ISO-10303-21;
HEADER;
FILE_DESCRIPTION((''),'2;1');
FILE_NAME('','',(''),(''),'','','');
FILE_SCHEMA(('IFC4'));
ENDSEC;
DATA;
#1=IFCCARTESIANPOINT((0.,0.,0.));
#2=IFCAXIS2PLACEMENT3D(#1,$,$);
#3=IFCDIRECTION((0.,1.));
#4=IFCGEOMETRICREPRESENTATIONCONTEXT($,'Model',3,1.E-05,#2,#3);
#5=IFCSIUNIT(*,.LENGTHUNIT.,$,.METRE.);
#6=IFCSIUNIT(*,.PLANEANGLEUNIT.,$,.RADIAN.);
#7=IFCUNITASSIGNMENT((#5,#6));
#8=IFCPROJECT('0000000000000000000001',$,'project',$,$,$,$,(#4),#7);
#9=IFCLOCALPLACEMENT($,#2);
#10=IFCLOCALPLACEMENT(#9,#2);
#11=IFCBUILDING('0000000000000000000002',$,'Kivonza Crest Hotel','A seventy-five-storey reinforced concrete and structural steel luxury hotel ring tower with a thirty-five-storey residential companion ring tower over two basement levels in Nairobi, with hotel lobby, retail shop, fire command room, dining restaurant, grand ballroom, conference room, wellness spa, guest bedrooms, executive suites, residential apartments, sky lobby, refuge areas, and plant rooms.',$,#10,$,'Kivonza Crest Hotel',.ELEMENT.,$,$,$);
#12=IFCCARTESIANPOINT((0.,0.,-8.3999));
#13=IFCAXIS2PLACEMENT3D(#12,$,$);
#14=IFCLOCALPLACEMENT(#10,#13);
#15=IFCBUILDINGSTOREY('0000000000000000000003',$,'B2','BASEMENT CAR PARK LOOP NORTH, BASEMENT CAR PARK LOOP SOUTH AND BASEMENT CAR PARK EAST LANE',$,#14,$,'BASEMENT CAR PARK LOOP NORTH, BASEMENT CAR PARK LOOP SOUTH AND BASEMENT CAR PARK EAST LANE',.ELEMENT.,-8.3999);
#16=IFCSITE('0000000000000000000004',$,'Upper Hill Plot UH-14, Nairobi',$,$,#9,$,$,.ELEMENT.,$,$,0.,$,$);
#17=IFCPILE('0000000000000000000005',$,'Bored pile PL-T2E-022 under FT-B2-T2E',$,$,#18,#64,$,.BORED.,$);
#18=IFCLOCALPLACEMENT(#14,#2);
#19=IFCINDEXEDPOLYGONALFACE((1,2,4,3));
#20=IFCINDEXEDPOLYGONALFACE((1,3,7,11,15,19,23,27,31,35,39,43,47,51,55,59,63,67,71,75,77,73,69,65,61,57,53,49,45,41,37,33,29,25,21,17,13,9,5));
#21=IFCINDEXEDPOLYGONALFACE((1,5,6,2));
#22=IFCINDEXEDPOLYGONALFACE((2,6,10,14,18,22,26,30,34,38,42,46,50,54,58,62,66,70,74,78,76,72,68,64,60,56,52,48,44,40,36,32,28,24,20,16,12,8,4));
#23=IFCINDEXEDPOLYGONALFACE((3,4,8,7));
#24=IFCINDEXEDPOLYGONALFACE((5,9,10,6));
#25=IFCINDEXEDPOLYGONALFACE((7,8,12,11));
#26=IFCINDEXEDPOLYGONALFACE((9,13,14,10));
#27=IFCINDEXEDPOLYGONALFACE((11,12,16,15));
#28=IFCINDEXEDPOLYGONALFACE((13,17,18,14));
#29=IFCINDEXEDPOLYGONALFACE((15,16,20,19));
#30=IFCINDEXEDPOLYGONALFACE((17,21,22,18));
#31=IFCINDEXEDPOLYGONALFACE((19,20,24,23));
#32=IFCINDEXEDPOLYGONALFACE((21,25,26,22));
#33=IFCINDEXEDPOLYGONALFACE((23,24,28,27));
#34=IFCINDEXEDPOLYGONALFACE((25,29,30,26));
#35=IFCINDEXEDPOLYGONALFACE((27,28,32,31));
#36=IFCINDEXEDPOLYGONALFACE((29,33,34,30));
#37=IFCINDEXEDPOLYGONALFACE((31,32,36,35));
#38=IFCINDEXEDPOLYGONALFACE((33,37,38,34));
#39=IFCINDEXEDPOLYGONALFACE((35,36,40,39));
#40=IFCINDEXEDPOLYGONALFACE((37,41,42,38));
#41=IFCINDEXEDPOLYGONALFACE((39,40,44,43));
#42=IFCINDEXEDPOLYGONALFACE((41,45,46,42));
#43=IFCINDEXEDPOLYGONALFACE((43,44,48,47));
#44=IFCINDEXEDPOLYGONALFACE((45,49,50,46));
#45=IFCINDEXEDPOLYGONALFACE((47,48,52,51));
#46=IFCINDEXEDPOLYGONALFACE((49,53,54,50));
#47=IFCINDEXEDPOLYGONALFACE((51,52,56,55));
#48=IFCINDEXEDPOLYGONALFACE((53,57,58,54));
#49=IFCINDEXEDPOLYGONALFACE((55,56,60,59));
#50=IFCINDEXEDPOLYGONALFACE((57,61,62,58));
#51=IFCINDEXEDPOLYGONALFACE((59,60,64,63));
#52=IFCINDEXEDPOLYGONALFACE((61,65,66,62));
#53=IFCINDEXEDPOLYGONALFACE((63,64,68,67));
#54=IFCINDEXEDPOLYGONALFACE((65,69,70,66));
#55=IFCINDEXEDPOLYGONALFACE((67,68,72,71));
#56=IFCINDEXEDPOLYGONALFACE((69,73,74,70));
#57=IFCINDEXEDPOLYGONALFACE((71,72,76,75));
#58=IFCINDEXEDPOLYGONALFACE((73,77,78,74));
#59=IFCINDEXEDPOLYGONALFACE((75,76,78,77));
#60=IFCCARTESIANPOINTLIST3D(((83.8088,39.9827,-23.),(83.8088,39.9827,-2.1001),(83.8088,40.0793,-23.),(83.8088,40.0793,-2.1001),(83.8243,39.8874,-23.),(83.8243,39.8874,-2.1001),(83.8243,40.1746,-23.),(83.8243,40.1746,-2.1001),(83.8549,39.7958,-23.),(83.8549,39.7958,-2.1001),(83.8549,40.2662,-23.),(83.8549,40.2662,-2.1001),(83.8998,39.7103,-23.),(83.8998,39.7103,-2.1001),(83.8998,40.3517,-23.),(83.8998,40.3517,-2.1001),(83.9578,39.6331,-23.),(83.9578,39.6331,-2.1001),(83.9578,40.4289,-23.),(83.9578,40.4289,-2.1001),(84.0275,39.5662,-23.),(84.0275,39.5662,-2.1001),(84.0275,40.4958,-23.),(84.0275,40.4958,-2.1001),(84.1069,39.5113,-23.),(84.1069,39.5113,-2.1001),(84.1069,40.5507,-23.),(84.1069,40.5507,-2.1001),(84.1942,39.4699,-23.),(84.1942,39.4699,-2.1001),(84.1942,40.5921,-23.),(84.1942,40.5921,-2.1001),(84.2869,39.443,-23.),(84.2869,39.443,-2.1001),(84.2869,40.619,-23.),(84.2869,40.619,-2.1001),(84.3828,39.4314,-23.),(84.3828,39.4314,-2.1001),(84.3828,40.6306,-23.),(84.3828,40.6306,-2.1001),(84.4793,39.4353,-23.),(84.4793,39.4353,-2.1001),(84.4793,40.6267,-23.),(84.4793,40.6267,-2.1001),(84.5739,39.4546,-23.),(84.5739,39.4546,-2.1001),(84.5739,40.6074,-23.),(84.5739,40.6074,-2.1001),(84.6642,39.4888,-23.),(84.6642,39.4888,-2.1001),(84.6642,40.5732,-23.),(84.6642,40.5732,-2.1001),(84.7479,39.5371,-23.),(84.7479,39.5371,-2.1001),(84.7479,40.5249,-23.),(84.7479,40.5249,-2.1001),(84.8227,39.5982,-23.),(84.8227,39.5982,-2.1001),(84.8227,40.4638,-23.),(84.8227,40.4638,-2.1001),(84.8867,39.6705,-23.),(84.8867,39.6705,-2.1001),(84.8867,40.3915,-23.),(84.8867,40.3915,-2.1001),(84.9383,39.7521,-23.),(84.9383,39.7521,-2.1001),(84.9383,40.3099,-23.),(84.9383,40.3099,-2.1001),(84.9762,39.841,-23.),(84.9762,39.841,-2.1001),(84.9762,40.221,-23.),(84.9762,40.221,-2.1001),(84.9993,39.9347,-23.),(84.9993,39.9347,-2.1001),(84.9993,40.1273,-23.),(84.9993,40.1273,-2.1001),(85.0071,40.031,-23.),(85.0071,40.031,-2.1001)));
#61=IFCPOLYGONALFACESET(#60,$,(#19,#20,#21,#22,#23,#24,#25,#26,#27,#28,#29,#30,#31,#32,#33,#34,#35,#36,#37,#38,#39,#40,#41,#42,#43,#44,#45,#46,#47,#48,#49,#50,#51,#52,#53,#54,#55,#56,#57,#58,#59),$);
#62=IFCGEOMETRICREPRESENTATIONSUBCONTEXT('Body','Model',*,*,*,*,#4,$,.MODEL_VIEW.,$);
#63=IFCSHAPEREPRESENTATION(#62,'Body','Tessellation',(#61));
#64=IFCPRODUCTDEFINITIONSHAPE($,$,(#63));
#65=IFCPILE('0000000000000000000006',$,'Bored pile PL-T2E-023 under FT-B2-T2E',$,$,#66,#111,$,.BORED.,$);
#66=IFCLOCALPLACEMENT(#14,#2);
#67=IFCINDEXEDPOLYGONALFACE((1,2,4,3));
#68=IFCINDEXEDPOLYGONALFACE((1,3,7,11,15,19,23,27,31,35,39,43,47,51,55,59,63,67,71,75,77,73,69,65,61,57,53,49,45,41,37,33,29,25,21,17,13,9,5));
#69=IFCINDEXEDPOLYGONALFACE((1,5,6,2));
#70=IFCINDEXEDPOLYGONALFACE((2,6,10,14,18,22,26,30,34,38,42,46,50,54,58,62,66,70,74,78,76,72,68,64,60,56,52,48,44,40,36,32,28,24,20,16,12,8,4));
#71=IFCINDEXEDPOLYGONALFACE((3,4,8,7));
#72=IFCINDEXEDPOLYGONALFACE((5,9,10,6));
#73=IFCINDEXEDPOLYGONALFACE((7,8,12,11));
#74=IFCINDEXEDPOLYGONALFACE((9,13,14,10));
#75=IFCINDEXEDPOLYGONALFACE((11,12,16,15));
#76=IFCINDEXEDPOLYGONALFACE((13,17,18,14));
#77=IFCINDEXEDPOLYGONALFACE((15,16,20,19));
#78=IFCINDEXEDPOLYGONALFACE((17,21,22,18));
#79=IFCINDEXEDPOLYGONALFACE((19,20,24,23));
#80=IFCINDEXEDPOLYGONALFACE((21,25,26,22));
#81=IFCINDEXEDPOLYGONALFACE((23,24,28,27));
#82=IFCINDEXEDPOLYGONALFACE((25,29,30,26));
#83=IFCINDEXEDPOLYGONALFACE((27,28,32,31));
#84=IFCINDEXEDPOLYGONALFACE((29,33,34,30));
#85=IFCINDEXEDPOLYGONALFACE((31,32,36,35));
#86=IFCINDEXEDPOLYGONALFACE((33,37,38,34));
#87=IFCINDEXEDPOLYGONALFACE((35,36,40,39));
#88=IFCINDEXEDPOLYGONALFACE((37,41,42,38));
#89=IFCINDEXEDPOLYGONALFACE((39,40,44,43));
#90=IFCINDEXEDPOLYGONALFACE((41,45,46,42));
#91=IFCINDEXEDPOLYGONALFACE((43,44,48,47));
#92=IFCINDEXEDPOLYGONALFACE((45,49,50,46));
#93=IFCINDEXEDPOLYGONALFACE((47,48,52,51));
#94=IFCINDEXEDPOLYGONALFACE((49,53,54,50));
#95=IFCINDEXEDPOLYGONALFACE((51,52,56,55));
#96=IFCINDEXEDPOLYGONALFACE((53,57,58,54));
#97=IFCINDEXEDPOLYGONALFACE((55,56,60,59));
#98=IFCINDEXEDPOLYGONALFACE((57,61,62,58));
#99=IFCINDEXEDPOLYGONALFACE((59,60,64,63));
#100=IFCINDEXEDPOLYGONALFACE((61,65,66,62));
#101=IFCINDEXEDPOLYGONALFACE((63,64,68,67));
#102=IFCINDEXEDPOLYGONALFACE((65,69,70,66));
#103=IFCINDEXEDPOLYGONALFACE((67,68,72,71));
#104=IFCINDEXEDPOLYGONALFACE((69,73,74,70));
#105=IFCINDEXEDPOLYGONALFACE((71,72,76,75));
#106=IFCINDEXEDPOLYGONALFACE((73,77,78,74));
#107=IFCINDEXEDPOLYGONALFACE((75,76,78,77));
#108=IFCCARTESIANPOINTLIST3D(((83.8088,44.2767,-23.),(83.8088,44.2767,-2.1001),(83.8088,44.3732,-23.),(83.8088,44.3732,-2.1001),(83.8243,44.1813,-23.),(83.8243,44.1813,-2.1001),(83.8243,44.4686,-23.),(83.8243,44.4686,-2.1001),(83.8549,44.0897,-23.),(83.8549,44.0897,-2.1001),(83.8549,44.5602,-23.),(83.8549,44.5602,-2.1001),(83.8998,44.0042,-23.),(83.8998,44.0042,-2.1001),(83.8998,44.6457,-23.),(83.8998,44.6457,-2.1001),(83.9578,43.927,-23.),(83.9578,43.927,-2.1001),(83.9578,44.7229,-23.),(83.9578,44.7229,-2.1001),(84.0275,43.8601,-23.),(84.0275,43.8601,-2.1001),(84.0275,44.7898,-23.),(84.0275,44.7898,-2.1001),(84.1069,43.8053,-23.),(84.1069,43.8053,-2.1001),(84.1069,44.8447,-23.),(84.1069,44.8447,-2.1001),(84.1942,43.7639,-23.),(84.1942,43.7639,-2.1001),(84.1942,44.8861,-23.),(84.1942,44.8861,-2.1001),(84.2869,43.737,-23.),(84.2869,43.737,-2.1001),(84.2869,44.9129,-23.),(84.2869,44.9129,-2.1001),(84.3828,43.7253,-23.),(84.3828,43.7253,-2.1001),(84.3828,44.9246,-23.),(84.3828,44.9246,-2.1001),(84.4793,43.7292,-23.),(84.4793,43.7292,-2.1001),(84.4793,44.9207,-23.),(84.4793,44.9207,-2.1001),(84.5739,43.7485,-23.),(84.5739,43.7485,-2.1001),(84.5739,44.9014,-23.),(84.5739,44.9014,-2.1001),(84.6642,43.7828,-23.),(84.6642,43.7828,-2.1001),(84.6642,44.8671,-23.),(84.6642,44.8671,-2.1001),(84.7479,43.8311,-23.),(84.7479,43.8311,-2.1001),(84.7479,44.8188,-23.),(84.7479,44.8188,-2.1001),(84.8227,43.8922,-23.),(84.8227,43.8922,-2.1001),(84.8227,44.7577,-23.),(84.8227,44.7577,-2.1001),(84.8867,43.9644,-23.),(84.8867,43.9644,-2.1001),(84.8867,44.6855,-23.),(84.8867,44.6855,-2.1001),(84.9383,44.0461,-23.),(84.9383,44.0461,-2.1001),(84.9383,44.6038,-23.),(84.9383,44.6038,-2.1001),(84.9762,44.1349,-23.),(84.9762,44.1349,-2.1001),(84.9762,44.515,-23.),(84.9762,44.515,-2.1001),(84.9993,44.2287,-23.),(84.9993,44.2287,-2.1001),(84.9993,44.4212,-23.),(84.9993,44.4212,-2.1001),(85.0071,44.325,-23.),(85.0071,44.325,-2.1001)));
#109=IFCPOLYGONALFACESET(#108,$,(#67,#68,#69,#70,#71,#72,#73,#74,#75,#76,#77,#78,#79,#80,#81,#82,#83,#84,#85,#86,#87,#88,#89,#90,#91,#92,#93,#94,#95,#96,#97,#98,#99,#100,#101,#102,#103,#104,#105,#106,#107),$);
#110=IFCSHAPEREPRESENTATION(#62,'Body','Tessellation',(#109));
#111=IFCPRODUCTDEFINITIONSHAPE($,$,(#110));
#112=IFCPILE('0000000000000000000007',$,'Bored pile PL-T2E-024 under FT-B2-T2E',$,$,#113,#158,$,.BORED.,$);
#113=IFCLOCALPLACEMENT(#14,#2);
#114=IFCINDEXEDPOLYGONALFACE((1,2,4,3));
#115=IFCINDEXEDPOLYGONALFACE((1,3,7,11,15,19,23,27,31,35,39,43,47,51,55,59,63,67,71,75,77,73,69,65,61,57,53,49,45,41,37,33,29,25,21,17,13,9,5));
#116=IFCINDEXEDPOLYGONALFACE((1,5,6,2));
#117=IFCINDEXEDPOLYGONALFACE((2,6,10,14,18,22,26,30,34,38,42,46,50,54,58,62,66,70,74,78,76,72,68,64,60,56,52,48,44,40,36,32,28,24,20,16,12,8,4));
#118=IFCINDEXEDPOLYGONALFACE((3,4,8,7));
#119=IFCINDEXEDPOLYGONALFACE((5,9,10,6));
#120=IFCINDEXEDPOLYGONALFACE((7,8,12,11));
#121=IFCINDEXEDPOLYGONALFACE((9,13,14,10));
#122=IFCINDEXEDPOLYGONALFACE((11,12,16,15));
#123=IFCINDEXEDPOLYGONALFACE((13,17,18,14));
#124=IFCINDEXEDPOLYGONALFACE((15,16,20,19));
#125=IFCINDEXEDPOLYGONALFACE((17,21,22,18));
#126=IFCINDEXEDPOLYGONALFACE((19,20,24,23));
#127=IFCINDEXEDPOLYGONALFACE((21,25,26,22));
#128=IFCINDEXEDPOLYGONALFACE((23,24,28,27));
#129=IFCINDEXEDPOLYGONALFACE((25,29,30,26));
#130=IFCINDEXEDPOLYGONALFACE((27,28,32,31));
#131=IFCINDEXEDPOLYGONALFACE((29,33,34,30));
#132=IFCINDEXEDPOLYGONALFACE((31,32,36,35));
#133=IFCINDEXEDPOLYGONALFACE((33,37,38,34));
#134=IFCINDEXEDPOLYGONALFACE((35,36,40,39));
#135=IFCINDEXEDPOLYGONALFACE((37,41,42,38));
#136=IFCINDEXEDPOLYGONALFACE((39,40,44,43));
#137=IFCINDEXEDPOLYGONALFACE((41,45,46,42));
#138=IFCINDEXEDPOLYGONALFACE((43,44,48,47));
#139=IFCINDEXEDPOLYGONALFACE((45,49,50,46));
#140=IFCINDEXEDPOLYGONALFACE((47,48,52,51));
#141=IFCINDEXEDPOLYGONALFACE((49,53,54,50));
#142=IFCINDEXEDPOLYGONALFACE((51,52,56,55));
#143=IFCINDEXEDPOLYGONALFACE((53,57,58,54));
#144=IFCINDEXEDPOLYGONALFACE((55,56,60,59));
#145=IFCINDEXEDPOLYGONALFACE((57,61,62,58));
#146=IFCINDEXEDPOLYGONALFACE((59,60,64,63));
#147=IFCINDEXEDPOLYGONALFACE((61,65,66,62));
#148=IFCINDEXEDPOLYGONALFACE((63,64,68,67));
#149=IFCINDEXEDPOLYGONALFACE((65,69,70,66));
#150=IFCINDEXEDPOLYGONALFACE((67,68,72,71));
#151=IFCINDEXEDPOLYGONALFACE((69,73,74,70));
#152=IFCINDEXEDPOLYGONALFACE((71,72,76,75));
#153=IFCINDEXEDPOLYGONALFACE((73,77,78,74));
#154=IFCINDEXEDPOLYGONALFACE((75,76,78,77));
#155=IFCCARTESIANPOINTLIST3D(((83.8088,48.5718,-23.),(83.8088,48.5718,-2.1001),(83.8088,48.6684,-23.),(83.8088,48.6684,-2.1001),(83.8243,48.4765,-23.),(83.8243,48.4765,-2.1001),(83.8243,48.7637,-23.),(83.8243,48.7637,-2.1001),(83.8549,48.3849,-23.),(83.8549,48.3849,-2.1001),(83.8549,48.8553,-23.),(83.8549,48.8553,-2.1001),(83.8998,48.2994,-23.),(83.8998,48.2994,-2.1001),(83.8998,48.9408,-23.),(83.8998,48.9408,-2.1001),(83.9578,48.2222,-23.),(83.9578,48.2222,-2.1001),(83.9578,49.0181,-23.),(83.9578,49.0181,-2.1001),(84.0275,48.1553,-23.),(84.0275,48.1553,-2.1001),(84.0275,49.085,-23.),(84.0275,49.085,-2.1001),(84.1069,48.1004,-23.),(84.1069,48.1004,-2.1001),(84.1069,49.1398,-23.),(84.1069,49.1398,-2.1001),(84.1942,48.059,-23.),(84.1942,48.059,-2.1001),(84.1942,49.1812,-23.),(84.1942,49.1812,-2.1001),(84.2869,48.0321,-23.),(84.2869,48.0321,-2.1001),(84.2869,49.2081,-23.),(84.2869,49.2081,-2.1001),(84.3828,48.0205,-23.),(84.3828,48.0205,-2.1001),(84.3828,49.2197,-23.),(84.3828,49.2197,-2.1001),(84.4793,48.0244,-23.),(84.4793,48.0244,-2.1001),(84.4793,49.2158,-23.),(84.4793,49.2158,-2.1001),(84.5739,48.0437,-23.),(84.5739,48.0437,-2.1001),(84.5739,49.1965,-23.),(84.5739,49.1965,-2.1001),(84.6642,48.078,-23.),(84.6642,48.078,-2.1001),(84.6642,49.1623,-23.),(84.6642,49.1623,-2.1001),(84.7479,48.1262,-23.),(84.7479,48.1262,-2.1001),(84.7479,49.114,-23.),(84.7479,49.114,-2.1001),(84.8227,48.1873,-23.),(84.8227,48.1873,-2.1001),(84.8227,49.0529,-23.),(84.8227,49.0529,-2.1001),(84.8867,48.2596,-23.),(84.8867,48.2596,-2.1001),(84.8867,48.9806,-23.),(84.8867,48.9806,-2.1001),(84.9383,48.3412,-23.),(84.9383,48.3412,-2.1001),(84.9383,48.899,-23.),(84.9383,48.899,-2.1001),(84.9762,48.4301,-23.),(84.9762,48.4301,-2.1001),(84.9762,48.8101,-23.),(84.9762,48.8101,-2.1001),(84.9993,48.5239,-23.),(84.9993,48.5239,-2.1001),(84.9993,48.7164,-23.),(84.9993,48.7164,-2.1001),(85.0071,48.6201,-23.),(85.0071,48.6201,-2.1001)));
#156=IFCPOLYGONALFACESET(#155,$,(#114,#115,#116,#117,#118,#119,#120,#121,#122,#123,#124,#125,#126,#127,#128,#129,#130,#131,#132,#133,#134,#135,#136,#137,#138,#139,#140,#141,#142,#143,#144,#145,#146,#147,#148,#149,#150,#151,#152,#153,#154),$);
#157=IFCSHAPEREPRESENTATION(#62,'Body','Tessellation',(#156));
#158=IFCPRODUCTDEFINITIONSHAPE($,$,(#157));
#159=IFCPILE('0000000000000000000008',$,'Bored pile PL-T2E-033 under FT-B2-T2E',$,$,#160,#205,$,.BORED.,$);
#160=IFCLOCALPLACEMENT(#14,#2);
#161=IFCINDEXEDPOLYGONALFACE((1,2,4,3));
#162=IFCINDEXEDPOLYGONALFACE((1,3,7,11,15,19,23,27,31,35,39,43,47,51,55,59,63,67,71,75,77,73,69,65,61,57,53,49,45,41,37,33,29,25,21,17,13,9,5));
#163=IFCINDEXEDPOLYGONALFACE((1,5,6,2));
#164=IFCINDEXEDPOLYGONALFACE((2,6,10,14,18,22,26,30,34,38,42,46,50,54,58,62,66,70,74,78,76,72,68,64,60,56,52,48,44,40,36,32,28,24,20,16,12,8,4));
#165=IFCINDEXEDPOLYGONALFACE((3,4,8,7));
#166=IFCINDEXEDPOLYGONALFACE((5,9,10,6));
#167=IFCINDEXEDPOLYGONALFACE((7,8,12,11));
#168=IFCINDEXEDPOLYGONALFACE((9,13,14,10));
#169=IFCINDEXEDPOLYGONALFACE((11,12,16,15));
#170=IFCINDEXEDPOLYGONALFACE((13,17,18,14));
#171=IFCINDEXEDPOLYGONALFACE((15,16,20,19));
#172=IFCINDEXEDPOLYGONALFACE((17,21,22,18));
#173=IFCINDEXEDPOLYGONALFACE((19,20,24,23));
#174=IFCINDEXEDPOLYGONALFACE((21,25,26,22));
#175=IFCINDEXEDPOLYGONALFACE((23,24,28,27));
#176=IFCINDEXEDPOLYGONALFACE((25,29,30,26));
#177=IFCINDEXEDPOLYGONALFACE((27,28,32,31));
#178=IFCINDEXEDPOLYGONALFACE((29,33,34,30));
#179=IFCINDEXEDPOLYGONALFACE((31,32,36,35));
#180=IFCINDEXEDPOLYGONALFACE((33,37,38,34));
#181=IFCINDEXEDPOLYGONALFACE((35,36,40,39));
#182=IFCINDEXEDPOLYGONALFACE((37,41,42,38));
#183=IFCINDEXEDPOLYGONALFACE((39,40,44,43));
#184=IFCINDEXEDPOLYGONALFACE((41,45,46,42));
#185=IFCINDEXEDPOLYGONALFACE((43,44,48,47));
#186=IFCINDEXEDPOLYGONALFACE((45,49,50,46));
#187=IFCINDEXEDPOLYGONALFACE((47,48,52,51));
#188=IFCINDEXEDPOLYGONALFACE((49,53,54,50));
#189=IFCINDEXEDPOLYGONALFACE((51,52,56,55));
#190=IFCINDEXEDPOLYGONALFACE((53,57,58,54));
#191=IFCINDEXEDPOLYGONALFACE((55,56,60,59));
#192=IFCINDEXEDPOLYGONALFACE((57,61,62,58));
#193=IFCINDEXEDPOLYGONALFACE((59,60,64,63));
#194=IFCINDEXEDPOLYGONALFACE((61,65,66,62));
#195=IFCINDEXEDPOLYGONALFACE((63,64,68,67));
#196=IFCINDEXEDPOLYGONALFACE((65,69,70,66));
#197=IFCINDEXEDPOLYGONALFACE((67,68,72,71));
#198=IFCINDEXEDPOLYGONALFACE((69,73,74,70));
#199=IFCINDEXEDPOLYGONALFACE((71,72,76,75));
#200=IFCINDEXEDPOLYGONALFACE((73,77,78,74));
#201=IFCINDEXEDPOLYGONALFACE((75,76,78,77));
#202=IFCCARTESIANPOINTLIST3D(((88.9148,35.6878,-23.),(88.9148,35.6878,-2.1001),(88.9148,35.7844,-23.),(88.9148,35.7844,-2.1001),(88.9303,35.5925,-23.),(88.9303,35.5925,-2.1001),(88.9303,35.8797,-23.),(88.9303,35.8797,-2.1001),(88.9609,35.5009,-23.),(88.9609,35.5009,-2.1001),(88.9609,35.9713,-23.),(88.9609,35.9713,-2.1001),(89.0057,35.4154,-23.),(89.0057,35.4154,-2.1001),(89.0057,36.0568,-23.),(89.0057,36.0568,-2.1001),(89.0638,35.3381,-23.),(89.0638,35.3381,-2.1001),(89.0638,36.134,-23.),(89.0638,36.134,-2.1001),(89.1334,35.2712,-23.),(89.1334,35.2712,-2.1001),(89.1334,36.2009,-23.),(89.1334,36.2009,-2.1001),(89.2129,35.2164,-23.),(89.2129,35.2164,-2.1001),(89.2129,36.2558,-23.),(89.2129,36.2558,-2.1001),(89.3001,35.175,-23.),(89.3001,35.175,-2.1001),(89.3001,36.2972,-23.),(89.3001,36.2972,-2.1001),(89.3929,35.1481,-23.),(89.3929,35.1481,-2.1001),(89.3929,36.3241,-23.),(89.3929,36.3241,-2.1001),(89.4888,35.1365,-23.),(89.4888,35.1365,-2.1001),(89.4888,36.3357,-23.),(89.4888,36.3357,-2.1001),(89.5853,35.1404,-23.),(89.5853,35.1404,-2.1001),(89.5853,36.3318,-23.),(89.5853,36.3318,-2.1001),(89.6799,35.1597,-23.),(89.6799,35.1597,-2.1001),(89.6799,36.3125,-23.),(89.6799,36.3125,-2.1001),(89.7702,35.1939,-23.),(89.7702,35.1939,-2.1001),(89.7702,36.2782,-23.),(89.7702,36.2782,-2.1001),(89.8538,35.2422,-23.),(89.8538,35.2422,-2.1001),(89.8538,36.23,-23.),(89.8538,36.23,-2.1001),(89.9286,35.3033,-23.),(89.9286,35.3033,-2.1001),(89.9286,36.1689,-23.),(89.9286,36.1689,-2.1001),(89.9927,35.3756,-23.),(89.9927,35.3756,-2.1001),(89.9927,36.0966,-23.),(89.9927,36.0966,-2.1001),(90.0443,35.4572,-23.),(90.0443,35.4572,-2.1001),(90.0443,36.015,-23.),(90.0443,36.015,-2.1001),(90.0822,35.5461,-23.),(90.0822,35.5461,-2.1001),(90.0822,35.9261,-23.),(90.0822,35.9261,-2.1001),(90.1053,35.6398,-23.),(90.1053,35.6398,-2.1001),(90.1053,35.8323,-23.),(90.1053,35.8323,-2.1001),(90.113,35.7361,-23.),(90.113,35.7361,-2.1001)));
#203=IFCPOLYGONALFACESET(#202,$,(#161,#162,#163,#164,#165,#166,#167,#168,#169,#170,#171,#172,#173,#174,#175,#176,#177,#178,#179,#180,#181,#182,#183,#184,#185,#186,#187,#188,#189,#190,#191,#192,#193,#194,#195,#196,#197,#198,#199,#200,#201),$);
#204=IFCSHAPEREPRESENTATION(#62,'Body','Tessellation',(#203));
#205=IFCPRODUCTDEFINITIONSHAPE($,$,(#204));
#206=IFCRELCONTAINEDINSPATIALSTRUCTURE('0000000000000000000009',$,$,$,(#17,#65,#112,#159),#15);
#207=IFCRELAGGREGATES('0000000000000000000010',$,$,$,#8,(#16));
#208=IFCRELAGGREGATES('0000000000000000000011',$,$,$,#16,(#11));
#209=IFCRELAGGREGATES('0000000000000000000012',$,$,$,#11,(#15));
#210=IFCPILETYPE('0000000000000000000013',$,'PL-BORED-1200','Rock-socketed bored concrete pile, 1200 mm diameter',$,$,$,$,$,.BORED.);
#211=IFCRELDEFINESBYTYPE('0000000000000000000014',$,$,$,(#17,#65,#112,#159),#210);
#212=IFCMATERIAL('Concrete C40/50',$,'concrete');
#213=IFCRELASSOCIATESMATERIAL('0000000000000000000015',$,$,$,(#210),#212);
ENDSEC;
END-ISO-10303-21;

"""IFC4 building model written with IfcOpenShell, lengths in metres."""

from ifc_helpers import new_model, si_unit, direction, frame, origin, origin_2d, place, context, subcontext, project, spatial, circle, extrude, material, material_profile, profile_set, type_object, element, save


model = new_model("IFC4")

# Units and contexts
model_context = context("Model", 3, precision=1e-05, world=origin(), true_north=direction((0.0, 1.0)))
body_context = subcontext(model_context, "Body", "Model", "MODEL_VIEW")
ifc_project = project(units=[si_unit("LENGTHUNIT", "METRE"), si_unit("PLANEANGLEUNIT", "RADIAN")], contexts=[model_context])

# Site, building, storey
site_placement = place(None, origin())
site = spatial("IfcSite", under=ifc_project, at=site_placement, Name="Upper Hill Plot UH-14, Nairobi", CompositionType="ELEMENT", RefElevation=0.0)
building_placement = place(site_placement, origin())
building = spatial("IfcBuilding", under=site, at=building_placement, Name="Kivonza Crest Hotel", Description="A seventy-five-storey reinforced concrete and structural steel luxury hotel ring tower with a thirty-five-storey residential companion ring tower over two basement levels in Nairobi, with hotel lobby, retail shop, fire command room, dining restaurant, grand ballroom, conference room, wellness spa, guest bedrooms, executive suites, residential apartments, sky lobby, refuge areas, and plant rooms.", LongName="Kivonza Crest Hotel", CompositionType="ELEMENT")
storey_placement = place(building_placement, frame((0.0, 0.0, -8.3999)))
storey = spatial("IfcBuildingStorey", under=building, at=storey_placement, Name="B2", Description="BASEMENT CAR PARK LOOP NORTH, BASEMENT CAR PARK LOOP SOUTH AND BASEMENT CAR PARK EAST LANE", LongName="BASEMENT CAR PARK LOOP NORTH, BASEMENT CAR PARK LOOP SOUTH AND BASEMENT CAR PARK EAST LANE", CompositionType="ELEMENT", Elevation=-8.3999)

# Piles
ifc_material_1 = material(Name="Concrete C40/50", Category="concrete")
ifc_material_profile_1 = material_profile(ifc_material_1, circle(Radius=0.6001, at=origin_2d()), Name="PILE D1200")
ifc_profile_set_1 = profile_set([ifc_material_profile_1], Name="Concrete C40/50")
pile_type = type_object("IfcPileType", Name="PL-BORED-1200", Description="Rock-socketed bored concrete pile, 1200 mm diameter", PredefinedType="BORED", material=ifc_profile_set_1)
for number, where, z_axis, x_axis, name in (
    (1, (84.407, 40.031, -2.1001), (0.0, 0.0, -1.0), (1.0, 0.0, 0.0), "Bored pile PL-T2E-022 under FT-B2-T2E"),
    (2, (84.407, 44.325, -2.1001), (0.0, 0.0, -1.0), (1.0, 0.0, 0.0), "Bored pile PL-T2E-023 under FT-B2-T2E"),
    (3, (84.407, 48.6201, -2.1001), (0.0, 0.0, -1.0), (1.0, 0.0, 0.0), "Bored pile PL-T2E-024 under FT-B2-T2E"),
    (4, (89.5129, 35.7361, -2.1001), (0.0, 0.0, -1.0), (1.0, 0.0, 0.0), "Bored pile PL-T2E-033 under FT-B2-T2E"),
):
    element("IfcPile", number, at=place(storey_placement, frame(where, z_axis=z_axis, x_axis=x_axis)), inside=storey, type_object=pile_type, Name=name, PredefinedType="BORED", context=body_context, shape_type="SweptSolid", body=[
        extrude(circle(Radius=0.6001, at=origin_2d()), origin(), (0.0, 0.0, 1.0), 20.8999),
    ])

save(model, "model.ifc")
